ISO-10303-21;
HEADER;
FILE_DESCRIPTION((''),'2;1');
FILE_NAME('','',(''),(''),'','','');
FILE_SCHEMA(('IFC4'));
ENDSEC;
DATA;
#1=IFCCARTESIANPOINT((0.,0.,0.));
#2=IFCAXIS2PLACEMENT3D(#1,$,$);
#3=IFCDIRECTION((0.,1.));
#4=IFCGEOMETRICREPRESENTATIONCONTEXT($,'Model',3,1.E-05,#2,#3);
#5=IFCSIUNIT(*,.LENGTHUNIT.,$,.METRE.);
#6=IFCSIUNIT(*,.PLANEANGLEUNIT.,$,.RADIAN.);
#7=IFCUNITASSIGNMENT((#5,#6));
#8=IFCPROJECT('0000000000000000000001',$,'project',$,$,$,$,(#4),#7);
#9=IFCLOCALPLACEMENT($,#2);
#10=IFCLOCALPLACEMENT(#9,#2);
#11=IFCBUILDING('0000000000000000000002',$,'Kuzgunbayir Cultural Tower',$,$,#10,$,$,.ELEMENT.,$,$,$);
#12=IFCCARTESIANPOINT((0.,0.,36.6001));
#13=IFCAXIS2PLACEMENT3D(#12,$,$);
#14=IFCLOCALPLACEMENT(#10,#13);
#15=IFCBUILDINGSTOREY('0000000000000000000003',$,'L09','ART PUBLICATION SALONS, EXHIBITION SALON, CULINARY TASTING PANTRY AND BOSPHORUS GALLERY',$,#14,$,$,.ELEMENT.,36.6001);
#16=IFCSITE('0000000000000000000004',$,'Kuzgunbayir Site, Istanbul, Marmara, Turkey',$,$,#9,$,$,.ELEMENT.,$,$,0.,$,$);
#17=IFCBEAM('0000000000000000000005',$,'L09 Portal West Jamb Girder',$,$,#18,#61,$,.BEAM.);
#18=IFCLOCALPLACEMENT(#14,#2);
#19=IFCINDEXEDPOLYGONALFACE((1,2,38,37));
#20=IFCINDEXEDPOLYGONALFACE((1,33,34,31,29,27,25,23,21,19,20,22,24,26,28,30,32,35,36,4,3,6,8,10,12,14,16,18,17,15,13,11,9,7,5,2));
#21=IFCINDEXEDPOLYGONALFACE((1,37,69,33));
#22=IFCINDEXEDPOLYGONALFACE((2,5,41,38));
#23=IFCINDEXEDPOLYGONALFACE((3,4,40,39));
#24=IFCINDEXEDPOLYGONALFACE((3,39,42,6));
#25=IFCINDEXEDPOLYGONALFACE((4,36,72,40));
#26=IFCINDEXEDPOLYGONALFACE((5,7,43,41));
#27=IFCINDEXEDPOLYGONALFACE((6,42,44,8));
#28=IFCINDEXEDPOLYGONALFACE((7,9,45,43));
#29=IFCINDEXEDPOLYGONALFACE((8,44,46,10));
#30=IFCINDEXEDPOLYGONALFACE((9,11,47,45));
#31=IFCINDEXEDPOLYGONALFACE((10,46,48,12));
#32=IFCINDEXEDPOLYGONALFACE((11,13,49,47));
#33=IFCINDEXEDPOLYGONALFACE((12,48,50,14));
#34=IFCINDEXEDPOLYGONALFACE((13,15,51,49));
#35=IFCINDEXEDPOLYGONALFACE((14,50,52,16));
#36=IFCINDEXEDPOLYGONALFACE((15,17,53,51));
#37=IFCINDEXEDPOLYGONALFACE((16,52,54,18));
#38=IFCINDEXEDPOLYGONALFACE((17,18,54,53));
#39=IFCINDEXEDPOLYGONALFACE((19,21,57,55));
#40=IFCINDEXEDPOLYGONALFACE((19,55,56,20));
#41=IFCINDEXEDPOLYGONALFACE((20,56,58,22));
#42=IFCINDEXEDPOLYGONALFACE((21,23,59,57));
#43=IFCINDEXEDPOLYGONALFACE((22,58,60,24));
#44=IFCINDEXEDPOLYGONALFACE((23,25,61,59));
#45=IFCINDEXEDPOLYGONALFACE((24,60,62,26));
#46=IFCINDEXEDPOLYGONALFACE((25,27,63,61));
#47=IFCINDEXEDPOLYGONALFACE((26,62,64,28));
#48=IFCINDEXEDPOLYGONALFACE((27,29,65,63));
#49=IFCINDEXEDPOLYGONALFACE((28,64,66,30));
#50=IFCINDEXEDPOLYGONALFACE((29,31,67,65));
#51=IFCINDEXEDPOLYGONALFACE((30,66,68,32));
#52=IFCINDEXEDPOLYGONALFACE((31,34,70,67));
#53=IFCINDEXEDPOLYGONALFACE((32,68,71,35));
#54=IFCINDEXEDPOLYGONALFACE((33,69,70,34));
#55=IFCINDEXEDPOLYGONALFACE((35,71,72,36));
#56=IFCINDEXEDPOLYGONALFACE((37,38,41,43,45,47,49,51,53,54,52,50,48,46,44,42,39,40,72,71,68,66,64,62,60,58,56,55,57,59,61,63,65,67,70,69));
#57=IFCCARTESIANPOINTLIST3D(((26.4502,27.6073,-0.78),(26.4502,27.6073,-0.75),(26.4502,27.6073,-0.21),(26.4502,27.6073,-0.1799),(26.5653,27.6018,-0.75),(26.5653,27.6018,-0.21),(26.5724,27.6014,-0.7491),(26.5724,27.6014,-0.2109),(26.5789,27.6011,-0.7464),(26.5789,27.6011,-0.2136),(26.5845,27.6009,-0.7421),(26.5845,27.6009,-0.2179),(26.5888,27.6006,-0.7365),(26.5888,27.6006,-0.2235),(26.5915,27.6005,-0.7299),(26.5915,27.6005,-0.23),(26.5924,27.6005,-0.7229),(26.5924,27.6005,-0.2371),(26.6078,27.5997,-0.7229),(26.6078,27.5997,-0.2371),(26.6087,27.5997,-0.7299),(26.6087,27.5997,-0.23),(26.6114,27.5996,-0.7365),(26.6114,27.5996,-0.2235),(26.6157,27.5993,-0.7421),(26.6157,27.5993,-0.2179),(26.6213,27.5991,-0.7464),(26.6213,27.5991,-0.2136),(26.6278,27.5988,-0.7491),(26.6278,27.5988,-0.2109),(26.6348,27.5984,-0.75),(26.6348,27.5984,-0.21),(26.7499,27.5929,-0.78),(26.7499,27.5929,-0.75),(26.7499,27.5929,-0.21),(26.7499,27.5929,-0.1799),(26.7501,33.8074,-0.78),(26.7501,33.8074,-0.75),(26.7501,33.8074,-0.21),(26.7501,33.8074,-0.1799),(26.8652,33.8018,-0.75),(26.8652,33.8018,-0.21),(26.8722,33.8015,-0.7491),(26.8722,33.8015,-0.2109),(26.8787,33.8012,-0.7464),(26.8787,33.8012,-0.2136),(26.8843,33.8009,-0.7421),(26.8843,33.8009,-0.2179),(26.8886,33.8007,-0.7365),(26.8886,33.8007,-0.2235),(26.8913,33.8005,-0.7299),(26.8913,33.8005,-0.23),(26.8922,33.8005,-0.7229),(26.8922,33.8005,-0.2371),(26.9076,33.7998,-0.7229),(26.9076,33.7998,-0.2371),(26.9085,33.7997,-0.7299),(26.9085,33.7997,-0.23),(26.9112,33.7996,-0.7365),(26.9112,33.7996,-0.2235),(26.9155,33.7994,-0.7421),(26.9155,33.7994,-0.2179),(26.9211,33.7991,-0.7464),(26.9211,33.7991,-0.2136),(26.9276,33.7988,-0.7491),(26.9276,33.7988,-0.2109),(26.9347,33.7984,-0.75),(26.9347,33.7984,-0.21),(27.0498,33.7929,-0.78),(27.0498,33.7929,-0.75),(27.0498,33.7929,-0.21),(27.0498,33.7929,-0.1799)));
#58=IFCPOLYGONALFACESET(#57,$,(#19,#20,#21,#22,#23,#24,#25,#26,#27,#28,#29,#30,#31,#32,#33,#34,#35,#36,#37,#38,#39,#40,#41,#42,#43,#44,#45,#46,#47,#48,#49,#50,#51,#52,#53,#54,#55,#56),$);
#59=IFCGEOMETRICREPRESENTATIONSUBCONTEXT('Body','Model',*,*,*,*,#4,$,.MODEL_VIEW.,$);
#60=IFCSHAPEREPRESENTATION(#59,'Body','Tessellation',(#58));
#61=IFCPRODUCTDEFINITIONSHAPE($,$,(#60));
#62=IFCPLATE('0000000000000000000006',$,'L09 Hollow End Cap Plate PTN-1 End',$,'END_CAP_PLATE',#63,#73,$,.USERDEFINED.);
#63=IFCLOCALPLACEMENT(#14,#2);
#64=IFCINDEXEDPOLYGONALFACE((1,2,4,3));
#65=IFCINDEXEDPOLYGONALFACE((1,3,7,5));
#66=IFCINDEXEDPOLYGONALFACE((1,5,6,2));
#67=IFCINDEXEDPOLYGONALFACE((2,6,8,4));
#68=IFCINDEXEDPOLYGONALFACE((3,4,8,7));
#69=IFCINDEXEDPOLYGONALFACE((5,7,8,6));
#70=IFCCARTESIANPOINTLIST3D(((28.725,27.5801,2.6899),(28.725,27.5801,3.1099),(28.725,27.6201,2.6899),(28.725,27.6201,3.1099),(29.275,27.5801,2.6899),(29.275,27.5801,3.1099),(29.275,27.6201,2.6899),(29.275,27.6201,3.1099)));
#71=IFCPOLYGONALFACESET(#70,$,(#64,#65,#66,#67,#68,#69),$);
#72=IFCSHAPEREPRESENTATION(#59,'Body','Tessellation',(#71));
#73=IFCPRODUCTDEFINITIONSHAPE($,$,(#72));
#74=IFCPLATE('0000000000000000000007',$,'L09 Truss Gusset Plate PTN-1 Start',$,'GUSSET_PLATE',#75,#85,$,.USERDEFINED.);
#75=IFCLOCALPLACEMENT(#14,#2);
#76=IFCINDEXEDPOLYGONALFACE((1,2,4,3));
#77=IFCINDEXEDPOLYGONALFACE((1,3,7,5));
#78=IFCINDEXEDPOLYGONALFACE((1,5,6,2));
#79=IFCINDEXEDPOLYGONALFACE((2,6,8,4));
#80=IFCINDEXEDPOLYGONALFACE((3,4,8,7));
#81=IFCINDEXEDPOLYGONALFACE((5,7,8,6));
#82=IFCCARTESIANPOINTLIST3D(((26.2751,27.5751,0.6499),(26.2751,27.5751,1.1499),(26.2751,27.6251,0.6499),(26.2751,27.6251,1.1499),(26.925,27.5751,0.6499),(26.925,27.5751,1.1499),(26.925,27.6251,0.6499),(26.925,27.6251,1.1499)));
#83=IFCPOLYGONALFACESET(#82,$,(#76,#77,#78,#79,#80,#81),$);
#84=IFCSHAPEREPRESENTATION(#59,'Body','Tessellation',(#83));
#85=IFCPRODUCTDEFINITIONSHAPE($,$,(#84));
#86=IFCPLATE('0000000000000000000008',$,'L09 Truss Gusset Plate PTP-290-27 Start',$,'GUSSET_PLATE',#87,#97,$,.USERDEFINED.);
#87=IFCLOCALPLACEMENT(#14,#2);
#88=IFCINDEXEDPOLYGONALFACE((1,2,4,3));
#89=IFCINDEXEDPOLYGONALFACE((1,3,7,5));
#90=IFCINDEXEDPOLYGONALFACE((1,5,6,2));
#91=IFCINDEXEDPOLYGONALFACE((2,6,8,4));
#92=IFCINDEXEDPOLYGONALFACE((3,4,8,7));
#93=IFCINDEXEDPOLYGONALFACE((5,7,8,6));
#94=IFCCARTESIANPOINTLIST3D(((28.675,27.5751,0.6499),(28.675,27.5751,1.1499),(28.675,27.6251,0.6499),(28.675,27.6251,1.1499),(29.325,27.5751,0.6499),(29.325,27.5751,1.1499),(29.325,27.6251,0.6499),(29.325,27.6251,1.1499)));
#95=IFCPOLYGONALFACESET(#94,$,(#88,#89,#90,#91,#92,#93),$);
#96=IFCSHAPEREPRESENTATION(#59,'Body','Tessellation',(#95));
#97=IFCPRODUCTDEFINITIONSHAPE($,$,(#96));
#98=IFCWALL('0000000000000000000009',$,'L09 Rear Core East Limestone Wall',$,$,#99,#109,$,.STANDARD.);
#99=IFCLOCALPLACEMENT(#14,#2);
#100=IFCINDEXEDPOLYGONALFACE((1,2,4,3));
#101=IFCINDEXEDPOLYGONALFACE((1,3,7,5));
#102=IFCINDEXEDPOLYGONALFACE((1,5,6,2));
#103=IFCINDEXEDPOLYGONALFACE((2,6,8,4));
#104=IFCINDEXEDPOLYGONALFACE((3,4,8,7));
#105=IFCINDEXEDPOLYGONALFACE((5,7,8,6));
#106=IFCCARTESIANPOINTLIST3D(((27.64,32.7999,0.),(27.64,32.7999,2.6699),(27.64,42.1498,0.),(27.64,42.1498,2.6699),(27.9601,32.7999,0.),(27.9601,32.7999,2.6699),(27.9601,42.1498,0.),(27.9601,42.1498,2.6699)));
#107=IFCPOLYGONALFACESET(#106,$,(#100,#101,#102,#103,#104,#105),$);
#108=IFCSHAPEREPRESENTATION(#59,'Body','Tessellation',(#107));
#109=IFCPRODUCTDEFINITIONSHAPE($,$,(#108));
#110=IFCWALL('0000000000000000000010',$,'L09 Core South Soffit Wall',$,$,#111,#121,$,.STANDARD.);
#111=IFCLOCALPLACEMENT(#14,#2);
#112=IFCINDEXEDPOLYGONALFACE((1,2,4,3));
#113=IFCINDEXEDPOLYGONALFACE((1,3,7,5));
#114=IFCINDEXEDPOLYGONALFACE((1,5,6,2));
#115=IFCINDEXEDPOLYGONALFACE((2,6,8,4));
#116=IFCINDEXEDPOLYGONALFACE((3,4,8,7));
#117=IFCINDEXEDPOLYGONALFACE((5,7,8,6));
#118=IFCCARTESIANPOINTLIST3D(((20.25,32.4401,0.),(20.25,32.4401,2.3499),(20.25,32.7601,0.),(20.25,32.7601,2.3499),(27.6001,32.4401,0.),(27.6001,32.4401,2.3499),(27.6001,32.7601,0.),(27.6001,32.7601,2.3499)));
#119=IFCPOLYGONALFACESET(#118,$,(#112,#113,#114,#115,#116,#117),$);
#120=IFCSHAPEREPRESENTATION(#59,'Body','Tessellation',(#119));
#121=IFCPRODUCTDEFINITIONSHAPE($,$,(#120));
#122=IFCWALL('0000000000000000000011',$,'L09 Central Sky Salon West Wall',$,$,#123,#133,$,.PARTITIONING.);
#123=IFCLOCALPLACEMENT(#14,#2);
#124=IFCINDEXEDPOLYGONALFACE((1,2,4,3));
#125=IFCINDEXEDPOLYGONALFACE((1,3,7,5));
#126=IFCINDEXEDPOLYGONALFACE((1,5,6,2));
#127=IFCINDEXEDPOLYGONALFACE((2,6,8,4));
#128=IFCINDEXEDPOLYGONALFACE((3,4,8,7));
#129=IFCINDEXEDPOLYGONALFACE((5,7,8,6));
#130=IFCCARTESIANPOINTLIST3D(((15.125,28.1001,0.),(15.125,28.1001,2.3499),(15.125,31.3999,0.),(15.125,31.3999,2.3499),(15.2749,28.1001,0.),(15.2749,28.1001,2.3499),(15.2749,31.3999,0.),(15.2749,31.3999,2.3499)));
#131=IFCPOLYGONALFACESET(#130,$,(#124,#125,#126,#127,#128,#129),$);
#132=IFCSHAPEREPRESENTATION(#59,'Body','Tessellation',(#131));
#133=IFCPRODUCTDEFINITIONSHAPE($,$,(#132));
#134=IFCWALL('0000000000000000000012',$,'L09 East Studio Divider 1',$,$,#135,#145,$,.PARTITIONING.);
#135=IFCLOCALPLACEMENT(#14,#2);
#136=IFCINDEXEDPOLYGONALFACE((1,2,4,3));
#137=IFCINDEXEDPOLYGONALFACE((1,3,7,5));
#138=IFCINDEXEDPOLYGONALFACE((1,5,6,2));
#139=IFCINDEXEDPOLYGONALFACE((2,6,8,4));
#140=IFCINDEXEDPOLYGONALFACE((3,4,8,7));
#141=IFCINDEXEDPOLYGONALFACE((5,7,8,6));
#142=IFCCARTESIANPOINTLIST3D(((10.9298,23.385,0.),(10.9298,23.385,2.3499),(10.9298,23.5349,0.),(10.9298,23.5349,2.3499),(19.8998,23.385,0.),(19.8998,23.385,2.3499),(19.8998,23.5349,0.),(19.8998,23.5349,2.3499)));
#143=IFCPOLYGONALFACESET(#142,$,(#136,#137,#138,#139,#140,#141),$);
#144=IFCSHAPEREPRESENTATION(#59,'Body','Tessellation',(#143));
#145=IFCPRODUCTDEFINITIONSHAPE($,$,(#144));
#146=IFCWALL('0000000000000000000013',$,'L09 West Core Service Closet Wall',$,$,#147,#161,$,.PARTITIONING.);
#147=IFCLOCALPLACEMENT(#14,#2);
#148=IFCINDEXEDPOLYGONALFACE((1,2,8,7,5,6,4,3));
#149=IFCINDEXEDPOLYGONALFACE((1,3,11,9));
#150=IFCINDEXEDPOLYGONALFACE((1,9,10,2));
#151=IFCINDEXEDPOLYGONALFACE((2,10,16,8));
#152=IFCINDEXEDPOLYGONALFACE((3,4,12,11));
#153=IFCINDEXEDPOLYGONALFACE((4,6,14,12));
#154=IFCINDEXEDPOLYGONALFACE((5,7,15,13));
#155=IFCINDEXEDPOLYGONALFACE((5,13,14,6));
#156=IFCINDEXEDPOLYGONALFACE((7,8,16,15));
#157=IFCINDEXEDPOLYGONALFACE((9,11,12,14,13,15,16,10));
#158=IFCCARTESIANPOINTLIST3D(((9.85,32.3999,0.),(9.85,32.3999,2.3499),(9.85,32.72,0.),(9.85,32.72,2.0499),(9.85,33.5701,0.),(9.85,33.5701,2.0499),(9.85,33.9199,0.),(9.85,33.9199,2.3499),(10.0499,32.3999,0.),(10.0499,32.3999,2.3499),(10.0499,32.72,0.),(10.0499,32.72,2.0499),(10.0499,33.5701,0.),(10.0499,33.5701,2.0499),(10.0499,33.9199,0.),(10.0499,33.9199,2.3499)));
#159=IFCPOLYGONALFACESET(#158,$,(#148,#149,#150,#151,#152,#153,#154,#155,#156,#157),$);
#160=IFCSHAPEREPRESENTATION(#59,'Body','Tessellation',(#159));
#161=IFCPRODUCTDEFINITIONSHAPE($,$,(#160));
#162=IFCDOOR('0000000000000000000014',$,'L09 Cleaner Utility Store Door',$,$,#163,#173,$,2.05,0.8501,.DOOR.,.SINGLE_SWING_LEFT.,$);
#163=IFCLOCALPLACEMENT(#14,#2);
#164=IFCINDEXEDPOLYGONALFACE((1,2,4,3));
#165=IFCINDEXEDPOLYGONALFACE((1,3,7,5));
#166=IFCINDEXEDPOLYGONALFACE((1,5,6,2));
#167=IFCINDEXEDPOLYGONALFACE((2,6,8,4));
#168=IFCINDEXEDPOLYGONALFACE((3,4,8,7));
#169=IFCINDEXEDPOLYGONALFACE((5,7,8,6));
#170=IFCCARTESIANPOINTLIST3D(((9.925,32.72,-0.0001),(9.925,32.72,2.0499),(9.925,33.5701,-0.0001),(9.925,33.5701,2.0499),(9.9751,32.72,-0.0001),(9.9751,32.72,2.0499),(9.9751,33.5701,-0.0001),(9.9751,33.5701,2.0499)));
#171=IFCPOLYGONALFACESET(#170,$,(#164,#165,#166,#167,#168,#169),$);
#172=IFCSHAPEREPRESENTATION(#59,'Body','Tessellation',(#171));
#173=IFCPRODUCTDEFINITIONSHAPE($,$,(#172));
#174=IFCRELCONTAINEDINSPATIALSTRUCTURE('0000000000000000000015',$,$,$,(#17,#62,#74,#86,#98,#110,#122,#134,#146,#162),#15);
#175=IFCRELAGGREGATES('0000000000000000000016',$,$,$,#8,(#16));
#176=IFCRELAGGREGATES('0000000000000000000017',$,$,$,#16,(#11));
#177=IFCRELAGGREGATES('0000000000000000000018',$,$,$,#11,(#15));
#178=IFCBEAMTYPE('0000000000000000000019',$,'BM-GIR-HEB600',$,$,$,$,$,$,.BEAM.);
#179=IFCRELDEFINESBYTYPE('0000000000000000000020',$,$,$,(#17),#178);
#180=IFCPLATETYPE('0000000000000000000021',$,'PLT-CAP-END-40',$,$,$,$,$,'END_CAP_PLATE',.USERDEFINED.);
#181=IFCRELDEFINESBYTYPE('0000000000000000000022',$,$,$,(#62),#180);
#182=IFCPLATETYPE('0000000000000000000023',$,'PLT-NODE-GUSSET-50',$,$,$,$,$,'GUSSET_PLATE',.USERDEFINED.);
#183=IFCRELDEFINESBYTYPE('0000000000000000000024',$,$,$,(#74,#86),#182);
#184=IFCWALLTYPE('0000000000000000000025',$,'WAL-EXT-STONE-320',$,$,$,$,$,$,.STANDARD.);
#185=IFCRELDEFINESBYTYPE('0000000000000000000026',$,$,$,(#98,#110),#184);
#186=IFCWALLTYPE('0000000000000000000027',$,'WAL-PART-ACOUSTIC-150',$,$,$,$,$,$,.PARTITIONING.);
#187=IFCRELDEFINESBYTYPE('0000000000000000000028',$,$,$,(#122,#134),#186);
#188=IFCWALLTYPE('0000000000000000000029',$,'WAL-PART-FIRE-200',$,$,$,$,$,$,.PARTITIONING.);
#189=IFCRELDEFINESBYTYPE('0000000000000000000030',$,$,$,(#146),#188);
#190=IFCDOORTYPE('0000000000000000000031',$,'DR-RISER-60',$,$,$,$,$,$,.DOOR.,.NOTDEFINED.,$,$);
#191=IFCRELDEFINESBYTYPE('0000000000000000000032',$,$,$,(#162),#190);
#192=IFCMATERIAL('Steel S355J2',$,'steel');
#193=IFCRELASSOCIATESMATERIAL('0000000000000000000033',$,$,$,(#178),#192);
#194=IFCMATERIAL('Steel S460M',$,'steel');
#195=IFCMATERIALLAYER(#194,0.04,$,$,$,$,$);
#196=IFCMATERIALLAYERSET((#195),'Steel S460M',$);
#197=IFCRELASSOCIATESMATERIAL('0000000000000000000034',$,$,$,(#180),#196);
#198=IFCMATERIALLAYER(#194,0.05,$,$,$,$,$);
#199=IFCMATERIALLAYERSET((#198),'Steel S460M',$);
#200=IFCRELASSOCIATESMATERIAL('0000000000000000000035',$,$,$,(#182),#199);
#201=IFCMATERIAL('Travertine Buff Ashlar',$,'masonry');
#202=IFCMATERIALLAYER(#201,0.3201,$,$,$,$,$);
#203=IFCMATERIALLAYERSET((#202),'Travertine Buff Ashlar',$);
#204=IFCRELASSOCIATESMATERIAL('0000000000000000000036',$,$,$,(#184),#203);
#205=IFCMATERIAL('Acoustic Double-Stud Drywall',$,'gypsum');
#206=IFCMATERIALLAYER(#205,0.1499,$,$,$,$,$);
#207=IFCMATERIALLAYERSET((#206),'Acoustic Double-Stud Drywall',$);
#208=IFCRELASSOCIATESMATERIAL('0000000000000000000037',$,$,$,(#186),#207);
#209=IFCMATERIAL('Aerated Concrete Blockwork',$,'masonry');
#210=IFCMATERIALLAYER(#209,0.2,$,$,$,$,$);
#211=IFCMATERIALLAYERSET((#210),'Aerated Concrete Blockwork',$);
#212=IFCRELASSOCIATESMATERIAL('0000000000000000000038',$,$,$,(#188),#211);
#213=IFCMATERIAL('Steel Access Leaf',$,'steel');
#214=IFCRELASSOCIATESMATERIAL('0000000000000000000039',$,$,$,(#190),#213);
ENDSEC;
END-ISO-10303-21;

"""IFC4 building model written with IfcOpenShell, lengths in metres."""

from ifc_helpers import new_model, si_unit, direction, frame, frame_2d, origin, origin_2d, place, context, subcontext, project, spatial, rectangle, i_section, extrude, material, layer, layer_set, material_profile, profile_set, type_object, element, fill, save


model = new_model("IFC4")

# Units and contexts
model_context = context("Model", 3, precision=1e-05, world=origin(), true_north=direction((0.0, 1.0)))
body_context = subcontext(model_context, "Body", "Model", "MODEL_VIEW")
ifc_project = project(units=[si_unit("LENGTHUNIT", "METRE"), si_unit("PLANEANGLEUNIT", "RADIAN")], contexts=[model_context])

# Site, building, storey
site_placement = place(None, origin())
site = spatial("IfcSite", under=ifc_project, at=site_placement, Name="Kuzgunbayir Site, Istanbul, Marmara, Turkey", CompositionType="ELEMENT", RefElevation=0.0)
building_placement = place(site_placement, origin())
building = spatial("IfcBuilding", under=site, at=building_placement, Name="Kuzgunbayir Cultural Tower", CompositionType="ELEMENT")
storey_placement = place(building_placement, frame((0.0, 0.0, 36.6001)))
storey = spatial("IfcBuildingStorey", under=building, at=storey_placement, Name="L09", Description="ART PUBLICATION SALONS, EXHIBITION SALON, CULINARY TASTING PANTRY AND BOSPHORUS GALLERY", CompositionType="ELEMENT", Elevation=36.6001)

# Beam
ifc_material_1 = material(Name="Steel S355J2", Category="steel")
ifc_material_profile_1 = material_profile(ifc_material_1, i_section(OverallWidth=0.3, OverallDepth=0.6001, WebThickness=0.0154, FlangeThickness=0.03, FilletRadius=0.0271, at=origin_2d()), Name="HEB 600")
ifc_profile_set_1 = profile_set([ifc_material_profile_1], Name="Steel S355J2")
beam_type_1 = type_object("IfcBeamType", Name="BM-GIR-HEB600", PredefinedType="BEAM", material=ifc_profile_set_1)
beam_1_placement = place(storey_placement, frame((26.6001, 27.6001, -0.48), z_axis=(0.0483, 0.998833, 0.0), x_axis=(-0.998833, 0.0483, 0.0)))
element("IfcBeam", 1, at=beam_1_placement, inside=storey, type_object=beam_type_1, Name="L09 Portal West Jamb Girder", PredefinedType="BEAM", context=body_context, shape_type="SweptSolid", body=[
    extrude(i_section(OverallWidth=0.3, OverallDepth=0.6001, WebThickness=0.0154, FlangeThickness=0.03, FilletRadius=0.0271, at=origin_2d()), origin(), (0.0, 0.0, 1.0), 6.2073),
])

# Plates
ifc_material_2 = material(Name="Steel S460M", Category="steel")
ifc_layer_1 = layer(ifc_material_2, 0.04)
ifc_layer_set_1 = layer_set([ifc_layer_1], Name="Steel S460M")
plate_type_1 = type_object("IfcPlateType", Name="PLT-CAP-END-40", ElementType="END_CAP_PLATE", PredefinedType="USERDEFINED", material=ifc_layer_set_1)
plate_placement = place(storey_placement, frame((29.0, 27.6001, 2.6899), z_axis=(0.0, 0.0, 1.0), x_axis=(1.0, 0.0, 0.0)))
element("IfcPlate", 2, at=plate_placement, inside=storey, type_object=plate_type_1, Name="L09 Hollow End Cap Plate PTN-1 End", ObjectType="END_CAP_PLATE", PredefinedType="USERDEFINED", context=body_context, shape_type="SweptSolid", body=[
    extrude(rectangle(XDim=0.55, YDim=0.04, at=origin_2d()), origin(), (0.0, 0.0, 1.0), 0.4199),
])
ifc_layer_2 = layer(ifc_material_2, 0.05)
ifc_layer_set_2 = layer_set([ifc_layer_2], Name="Steel S460M")
plate_type_2 = type_object("IfcPlateType", Name="PLT-NODE-GUSSET-50", ElementType="GUSSET_PLATE", PredefinedType="USERDEFINED", material=ifc_layer_set_2)
for number, where, z_axis, x_axis, name in (
    (3, (26.6001, 27.6001, 0.6499), (0.0, 0.0, 1.0), (1.0, 0.0, 0.0), "L09 Truss Gusset Plate PTN-1 Start"),
    (4, (29.0, 27.6001, 0.6499), (0.0, 0.0, 1.0), (1.0, 0.0, 0.0), "L09 Truss Gusset Plate PTP-290-27 Start"),
):
    element("IfcPlate", number, at=place(storey_placement, frame(where, z_axis=z_axis, x_axis=x_axis)), inside=storey, type_object=plate_type_2, Name=name, ObjectType="GUSSET_PLATE", PredefinedType="USERDEFINED", context=body_context, shape_type="SweptSolid", body=[
        extrude(rectangle(XDim=0.6499, YDim=0.05, at=origin_2d()), origin(), (0.0, 0.0, 1.0), 0.5),
    ])

# Walls
ifc_material_3 = material(Name="Travertine Buff Ashlar", Category="masonry")
ifc_layer_3 = layer(ifc_material_3, 0.3201)
ifc_layer_set_3 = layer_set([ifc_layer_3], Name="Travertine Buff Ashlar")
wall_type_1 = type_object("IfcWallType", Name="WAL-EXT-STONE-320", PredefinedType="STANDARD", material=ifc_layer_set_3)
wall_1_placement = place(storey_placement, frame((27.8, 32.8, 0.0), z_axis=(0.0, 0.0, 1.0), x_axis=(0.0, 1.0, 0.0)))
element("IfcWall", 5, at=wall_1_placement, inside=storey, type_object=wall_type_1, Name="L09 Rear Core East Limestone Wall", PredefinedType="STANDARD", context=body_context, shape_type="SweptSolid", body=[
    extrude(rectangle(XDim=9.3499, YDim=0.3201, at=frame_2d((4.6748, 0.0))), origin(), (0.0, 0.0, 1.0), 2.6699),
])
wall_2_placement = place(storey_placement, frame((20.25, 32.6001, 0.0), z_axis=(0.0, 0.0, 1.0), x_axis=(1.0, 0.0, 0.0)))
element("IfcWall", 6, at=wall_2_placement, inside=storey, type_object=wall_type_1, Name="L09 Core South Soffit Wall", PredefinedType="STANDARD", context=body_context, shape_type="SweptSolid", body=[
    extrude(rectangle(XDim=7.3501, YDim=0.3201, at=frame_2d((3.675, 0.0))), origin(), (0.0, 0.0, 1.0), 2.3499),
])

# Shared definitions
ifc_material_4 = material(Name="Acoustic Double-Stud Drywall", Category="gypsum")
ifc_layer_4 = layer(ifc_material_4, 0.1499)
ifc_layer_set_4 = layer_set([ifc_layer_4], Name="Acoustic Double-Stud Drywall")
wall_type_2 = type_object("IfcWallType", Name="WAL-PART-ACOUSTIC-150", PredefinedType="PARTITIONING", material=ifc_layer_set_4)

# Walls
wall_3_placement = place(storey_placement, frame((15.2, 28.1001, 0.0), z_axis=(0.0, 0.0, 1.0), x_axis=(0.0, 1.0, 0.0)))
element("IfcWall", 7, at=wall_3_placement, inside=storey, type_object=wall_type_2, Name="L09 Central Sky Salon West Wall", PredefinedType="PARTITIONING", context=body_context, shape_type="SweptSolid", body=[
    extrude(rectangle(XDim=3.2998, YDim=0.1499, at=frame_2d((1.6499, 0.0))), origin(), (0.0, 0.0, 1.0), 2.3499),
])
wall_4_placement = place(storey_placement, frame((10.9299, 23.46, 0.0), z_axis=(0.0, 0.0, 1.0), x_axis=(1.0, 0.0, 0.0)))
element("IfcWall", 8, at=wall_4_placement, inside=storey, type_object=wall_type_2, Name="L09 East Studio Divider 1", PredefinedType="PARTITIONING", context=body_context, shape_type="SweptSolid", body=[
    extrude(rectangle(XDim=8.97, YDim=0.1499, at=frame_2d((4.4849, 0.0))), origin(), (0.0, 0.0, 1.0), 2.3499),
])

# Wall, opening, door
ifc_material_5 = material(Name="Aerated Concrete Blockwork", Category="masonry")
ifc_layer_5 = layer(ifc_material_5, 0.2)
ifc_layer_set_5 = layer_set([ifc_layer_5], Name="Aerated Concrete Blockwork")
wall_type_3 = type_object("IfcWallType", Name="WAL-PART-FIRE-200", PredefinedType="PARTITIONING", material=ifc_layer_set_5)
wall_5_placement = place(storey_placement, frame((9.95, 32.3999, 0.0), z_axis=(0.0, 0.0, 1.0), x_axis=(0.0, 1.0, 0.0)))
wall_5 = element("IfcWall", 9, at=wall_5_placement, inside=storey, type_object=wall_type_3, Name="L09 West Core Service Closet Wall", PredefinedType="PARTITIONING", context=body_context, shape_type="SweptSolid", body=[
    extrude(rectangle(XDim=1.52, YDim=0.2, at=frame_2d((0.76, 0.0))), origin(), (0.0, 0.0, 1.0), 2.3499),
])
opening_1_placement = place(wall_5_placement, frame((0.3201, 0.0, 0.0)))
opening_1 = element("IfcOpeningElement", 10, at=opening_1_placement, cuts=wall_5, PredefinedType="OPENING", context=body_context, shape_type="SweptSolid", body=[
    extrude(rectangle(XDim=0.8501, YDim=2.05, at=frame_2d((0.425, 1.0249))), frame((0.0, 0.1099, 0.0), z_axis=(0.0, -1.0, 0.0), x_axis=(1.0, 0.0, 0.0)), (0.0, 0.0, 1.0), 0.22),
])
ifc_material_6 = material(Name="Steel Access Leaf", Category="steel")
door_type_1 = type_object("IfcDoorType", Name="DR-RISER-60", OperationType="NOTDEFINED", PredefinedType="DOOR", material=ifc_material_6)
door_1_placement = place(opening_1_placement, origin())
door_1 = element("IfcDoor", 11, at=door_1_placement, inside=storey, type_object=door_type_1, Name="L09 Cleaner Utility Store Door", OperationType="SINGLE_SWING_LEFT", OverallHeight=2.05, OverallWidth=0.8501, PredefinedType="DOOR", context=body_context, shape_type="SweptSolid", body=[
    extrude(rectangle(XDim=0.8501, YDim=2.05, at=frame_2d((0.425, 1.0249))), frame((0.0, 0.0249, 0.0), z_axis=(0.0, -1.0, 0.0), x_axis=(1.0, 0.0, 0.0)), (0.0, 0.0, 1.0), 0.05),
])
fill(opening_1, door_1)

save(model, "model.ifc")
